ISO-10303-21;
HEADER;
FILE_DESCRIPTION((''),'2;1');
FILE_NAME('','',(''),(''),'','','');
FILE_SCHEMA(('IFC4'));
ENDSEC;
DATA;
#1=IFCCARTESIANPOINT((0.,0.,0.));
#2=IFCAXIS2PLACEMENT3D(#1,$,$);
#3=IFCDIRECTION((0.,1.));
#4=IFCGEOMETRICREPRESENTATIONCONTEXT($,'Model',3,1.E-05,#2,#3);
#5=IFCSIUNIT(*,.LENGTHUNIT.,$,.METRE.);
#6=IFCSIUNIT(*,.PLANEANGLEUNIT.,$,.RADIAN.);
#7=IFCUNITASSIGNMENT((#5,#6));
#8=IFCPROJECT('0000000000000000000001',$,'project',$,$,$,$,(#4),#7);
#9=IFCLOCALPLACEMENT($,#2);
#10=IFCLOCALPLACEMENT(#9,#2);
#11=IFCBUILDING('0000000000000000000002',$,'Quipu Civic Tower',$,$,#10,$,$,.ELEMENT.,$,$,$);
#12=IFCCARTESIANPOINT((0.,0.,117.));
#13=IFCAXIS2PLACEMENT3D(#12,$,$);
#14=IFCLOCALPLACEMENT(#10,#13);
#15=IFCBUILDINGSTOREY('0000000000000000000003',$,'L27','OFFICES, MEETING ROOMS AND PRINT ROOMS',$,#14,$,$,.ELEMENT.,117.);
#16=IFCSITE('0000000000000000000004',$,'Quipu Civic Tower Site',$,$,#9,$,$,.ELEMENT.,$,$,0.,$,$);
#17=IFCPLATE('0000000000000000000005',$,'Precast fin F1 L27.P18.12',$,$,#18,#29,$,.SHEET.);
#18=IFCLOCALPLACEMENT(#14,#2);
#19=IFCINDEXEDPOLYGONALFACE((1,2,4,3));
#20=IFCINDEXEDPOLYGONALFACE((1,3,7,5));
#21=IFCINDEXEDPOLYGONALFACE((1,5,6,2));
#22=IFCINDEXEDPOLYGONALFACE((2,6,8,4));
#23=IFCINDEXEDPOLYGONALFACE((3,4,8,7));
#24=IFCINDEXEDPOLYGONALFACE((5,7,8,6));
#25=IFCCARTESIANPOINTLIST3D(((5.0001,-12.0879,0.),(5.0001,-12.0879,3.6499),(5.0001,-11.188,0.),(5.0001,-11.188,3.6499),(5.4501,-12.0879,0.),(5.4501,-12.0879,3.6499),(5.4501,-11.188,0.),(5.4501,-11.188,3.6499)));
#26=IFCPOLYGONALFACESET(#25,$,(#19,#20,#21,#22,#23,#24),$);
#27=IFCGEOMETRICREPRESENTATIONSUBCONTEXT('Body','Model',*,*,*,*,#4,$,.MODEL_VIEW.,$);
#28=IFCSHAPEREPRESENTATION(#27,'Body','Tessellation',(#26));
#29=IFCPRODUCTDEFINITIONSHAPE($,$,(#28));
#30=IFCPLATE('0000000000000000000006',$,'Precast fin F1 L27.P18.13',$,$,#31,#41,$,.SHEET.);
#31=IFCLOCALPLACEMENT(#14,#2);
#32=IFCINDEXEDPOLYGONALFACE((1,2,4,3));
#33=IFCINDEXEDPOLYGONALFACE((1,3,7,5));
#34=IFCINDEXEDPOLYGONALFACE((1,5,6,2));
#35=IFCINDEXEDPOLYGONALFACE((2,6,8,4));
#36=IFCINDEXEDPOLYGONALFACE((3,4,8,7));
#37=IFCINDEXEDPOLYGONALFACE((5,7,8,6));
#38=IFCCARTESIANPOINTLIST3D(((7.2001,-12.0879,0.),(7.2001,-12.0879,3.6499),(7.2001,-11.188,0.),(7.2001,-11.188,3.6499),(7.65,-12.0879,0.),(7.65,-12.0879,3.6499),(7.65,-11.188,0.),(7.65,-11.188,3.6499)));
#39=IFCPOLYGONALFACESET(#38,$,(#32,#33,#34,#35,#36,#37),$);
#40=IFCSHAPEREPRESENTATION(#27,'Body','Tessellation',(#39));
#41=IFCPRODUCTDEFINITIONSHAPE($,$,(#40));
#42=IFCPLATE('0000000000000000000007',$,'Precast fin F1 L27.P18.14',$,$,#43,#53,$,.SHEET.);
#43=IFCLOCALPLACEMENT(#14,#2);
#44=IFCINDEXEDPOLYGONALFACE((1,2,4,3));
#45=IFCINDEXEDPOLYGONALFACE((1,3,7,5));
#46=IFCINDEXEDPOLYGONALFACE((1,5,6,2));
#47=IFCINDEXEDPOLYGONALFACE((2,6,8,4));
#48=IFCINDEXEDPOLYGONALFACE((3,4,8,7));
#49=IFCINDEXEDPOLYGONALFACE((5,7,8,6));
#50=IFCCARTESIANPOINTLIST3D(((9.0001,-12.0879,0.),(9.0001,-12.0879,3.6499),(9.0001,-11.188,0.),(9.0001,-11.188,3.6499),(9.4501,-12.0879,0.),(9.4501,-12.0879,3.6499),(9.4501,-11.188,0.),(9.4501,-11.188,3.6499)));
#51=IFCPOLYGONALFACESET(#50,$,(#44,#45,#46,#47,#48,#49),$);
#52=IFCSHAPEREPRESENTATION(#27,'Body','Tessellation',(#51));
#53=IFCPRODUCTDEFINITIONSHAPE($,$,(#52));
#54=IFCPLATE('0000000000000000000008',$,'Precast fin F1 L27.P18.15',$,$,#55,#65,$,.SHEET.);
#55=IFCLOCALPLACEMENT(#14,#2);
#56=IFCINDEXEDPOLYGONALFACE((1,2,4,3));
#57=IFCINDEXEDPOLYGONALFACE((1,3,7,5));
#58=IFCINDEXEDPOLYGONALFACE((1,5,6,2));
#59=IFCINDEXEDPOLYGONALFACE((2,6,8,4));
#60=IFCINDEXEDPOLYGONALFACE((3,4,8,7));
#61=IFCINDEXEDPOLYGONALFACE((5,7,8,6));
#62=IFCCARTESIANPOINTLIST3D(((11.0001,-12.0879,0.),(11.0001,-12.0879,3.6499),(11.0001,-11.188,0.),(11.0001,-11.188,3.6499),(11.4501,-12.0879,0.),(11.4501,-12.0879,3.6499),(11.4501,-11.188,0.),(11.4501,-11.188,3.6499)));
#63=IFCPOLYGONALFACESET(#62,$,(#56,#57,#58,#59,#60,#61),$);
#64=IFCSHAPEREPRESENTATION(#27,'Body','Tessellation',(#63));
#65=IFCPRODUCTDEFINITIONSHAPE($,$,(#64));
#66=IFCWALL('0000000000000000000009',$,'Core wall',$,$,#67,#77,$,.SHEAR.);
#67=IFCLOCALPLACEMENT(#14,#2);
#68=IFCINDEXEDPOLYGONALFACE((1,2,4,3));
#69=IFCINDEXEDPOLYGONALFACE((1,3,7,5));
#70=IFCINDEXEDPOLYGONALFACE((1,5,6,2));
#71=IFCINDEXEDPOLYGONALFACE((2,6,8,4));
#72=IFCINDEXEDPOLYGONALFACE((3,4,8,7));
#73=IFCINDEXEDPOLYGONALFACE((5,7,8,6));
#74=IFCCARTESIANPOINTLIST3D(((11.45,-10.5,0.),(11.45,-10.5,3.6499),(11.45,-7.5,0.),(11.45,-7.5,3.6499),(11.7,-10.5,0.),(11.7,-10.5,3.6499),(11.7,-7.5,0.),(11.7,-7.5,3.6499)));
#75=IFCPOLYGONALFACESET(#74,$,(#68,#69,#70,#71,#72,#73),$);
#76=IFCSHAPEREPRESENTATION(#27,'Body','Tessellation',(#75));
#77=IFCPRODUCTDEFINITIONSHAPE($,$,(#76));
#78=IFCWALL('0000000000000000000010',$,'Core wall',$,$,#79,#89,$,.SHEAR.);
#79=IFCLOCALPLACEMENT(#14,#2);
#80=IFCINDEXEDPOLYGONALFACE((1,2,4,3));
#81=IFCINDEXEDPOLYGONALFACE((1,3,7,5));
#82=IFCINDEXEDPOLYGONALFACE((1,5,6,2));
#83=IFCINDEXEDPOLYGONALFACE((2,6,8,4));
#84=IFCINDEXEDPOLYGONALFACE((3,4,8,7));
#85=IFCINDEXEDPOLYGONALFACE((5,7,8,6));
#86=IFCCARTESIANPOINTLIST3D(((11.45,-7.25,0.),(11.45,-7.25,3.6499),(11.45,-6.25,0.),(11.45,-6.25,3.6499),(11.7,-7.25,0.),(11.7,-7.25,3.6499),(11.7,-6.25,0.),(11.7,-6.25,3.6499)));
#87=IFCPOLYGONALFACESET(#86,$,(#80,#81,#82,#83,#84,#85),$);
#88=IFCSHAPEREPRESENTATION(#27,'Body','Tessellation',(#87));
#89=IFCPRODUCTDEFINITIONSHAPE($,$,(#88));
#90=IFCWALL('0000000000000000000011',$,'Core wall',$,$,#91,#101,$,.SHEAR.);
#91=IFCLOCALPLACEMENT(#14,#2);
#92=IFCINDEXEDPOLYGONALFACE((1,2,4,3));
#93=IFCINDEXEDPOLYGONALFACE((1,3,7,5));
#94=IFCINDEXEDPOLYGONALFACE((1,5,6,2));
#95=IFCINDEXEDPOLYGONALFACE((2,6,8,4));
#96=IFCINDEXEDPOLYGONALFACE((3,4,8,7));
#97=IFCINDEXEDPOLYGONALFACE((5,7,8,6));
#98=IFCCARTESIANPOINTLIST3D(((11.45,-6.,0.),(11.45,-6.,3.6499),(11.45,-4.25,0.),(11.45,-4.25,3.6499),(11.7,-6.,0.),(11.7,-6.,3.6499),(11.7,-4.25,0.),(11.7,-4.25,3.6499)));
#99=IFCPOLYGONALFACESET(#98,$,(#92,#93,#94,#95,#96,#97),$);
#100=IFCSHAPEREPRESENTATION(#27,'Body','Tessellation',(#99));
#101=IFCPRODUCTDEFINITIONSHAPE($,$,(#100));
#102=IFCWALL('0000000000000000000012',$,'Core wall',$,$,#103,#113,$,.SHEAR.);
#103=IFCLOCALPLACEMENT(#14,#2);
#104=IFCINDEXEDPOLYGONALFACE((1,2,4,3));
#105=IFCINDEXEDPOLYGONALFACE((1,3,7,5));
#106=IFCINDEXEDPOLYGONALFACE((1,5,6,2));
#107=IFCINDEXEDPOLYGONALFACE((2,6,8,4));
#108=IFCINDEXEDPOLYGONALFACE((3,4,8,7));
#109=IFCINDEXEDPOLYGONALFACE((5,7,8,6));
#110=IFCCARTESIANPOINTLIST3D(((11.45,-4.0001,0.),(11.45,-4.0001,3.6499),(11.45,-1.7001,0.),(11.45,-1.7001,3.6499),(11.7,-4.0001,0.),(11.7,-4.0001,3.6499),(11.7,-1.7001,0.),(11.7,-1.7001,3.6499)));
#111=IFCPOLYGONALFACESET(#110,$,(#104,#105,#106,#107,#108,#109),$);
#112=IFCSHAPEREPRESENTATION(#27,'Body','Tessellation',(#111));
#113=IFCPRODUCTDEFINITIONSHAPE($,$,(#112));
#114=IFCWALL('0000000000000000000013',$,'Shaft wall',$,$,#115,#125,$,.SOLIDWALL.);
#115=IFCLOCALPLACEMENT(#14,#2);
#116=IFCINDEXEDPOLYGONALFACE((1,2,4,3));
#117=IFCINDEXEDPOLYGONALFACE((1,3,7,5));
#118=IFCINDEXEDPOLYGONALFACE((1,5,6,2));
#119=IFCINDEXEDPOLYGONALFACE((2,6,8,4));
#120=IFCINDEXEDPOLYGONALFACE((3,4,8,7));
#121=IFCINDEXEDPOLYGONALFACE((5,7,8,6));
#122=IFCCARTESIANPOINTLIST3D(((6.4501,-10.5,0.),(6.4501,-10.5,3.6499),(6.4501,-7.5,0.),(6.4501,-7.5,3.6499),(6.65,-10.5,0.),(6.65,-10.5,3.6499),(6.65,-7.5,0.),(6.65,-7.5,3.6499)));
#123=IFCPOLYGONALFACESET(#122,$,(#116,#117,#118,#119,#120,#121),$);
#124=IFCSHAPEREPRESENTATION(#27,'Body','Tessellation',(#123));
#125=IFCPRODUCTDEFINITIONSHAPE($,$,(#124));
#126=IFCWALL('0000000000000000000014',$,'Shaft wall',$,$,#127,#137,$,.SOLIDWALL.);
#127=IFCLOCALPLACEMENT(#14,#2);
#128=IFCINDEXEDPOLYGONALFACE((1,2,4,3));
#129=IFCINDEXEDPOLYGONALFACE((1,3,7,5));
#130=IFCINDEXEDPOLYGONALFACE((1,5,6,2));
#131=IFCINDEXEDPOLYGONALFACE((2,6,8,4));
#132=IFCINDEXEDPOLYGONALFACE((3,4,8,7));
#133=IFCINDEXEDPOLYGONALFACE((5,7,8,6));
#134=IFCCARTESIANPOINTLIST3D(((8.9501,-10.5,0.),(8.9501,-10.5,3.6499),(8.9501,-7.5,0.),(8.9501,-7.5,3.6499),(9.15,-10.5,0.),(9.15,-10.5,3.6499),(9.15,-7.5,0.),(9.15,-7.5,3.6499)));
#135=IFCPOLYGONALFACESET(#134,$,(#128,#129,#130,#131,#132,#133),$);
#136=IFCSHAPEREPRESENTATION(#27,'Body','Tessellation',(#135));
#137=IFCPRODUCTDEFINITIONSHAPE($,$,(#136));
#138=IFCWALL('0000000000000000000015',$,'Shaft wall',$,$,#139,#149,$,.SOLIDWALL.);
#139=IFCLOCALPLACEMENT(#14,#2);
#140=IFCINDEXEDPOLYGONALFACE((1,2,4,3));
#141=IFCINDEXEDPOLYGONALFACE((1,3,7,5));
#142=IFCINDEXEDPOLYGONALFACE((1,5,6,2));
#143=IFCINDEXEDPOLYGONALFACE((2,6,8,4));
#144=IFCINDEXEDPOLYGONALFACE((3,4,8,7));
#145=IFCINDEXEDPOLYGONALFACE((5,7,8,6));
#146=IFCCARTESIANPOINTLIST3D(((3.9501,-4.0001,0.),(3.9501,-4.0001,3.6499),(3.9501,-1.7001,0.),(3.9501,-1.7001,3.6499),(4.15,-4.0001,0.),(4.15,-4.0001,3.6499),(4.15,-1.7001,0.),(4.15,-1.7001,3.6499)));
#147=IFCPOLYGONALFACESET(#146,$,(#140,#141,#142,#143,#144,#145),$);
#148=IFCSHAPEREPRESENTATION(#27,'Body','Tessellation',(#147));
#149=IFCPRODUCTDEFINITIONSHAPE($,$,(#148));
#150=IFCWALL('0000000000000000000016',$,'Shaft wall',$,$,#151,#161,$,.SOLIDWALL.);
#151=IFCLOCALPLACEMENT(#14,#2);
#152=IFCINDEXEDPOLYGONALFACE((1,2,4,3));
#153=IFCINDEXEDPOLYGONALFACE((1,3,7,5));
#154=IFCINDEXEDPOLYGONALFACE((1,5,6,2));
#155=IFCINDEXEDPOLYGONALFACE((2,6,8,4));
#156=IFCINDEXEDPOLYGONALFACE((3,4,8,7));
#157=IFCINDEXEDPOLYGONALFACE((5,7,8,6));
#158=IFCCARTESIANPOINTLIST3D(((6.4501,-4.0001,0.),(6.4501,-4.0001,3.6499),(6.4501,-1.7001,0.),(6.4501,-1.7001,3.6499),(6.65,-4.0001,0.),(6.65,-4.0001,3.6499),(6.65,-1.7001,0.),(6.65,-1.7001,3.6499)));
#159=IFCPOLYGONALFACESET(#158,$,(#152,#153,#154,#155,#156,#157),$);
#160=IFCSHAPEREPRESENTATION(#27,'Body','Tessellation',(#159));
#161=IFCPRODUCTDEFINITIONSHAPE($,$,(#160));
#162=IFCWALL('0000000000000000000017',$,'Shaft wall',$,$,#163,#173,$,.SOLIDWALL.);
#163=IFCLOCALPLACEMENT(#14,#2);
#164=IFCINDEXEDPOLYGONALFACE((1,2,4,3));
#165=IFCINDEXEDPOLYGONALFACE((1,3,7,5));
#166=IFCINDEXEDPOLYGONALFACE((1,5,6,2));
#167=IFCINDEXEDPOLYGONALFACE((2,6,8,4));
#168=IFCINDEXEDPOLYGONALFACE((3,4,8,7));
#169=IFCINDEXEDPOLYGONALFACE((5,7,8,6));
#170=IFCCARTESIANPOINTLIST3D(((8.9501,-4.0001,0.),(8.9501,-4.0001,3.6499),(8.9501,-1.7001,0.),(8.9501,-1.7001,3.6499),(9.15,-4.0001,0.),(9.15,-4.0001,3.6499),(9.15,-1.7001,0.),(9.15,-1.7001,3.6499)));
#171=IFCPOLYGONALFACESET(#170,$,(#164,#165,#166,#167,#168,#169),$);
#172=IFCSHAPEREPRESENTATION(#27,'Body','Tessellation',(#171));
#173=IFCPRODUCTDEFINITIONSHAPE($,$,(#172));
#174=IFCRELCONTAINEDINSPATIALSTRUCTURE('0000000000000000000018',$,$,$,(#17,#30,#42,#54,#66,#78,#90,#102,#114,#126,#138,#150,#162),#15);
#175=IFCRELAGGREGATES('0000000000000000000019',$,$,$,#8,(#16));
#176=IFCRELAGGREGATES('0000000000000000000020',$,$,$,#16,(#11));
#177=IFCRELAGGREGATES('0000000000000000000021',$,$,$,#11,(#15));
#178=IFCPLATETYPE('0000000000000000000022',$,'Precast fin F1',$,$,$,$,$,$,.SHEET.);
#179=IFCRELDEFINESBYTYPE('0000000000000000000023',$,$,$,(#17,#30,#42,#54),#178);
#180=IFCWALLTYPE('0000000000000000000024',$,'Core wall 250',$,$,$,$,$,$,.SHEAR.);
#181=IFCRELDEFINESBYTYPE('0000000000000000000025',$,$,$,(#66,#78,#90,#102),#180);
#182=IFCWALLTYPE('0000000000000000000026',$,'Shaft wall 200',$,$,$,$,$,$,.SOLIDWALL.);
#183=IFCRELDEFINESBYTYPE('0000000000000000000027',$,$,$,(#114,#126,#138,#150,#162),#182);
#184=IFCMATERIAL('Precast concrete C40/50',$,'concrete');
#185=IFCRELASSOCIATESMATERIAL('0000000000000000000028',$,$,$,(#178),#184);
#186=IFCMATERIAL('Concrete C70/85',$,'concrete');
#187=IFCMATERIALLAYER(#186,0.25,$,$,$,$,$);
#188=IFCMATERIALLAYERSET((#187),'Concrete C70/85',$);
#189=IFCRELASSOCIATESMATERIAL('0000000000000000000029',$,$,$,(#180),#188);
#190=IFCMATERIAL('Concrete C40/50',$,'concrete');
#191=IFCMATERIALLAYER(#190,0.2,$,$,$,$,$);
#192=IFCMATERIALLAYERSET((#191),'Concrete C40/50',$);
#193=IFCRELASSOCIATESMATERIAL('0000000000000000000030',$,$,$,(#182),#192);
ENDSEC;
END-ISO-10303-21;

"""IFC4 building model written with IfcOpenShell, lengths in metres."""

from ifc_helpers import new_model, si_unit, direction, frame, frame_2d, origin, origin_2d, place, context, subcontext, project, spatial, rectangle, extrude, material, layer, layer_set, type_object, element, save


model = new_model("IFC4")

# Units and contexts
model_context = context("Model", 3, precision=1e-05, world=origin(), true_north=direction((0.0, 1.0)))
body_context = subcontext(model_context, "Body", "Model", "MODEL_VIEW")
ifc_project = project(units=[si_unit("LENGTHUNIT", "METRE"), si_unit("PLANEANGLEUNIT", "RADIAN")], contexts=[model_context])

# Site, building, storey
site_placement = place(None, origin())
site = spatial("IfcSite", under=ifc_project, at=site_placement, Name="Quipu Civic Tower Site", CompositionType="ELEMENT", RefElevation=0.0)
building_placement = place(site_placement, origin())
building = spatial("IfcBuilding", under=site, at=building_placement, Name="Quipu Civic Tower", CompositionType="ELEMENT")
storey_placement = place(building_placement, frame((0.0, 0.0, 117.0)))
storey = spatial("IfcBuildingStorey", under=building, at=storey_placement, Name="L27", Description="OFFICES, MEETING ROOMS AND PRINT ROOMS", CompositionType="ELEMENT", Elevation=117.0)

# Plates
ifc_material_1 = material(Name="Precast concrete C40/50", Category="concrete")
plate_type = type_object("IfcPlateType", Name="Precast fin F1", PredefinedType="SHEET", material=ifc_material_1)
for number, where, z_axis, x_axis, name in (
    (1, (5.2251, -11.6379, 0.0), (0.0, 0.0, 1.0), (1.0, 0.0, 0.0), "Precast fin F1 L27.P18.12"),
    (2, (7.425, -11.6379, 0.0), (0.0, 0.0, 1.0), (1.0, 0.0, 0.0), "Precast fin F1 L27.P18.13"),
    (3, (9.2251, -11.6379, 0.0), (0.0, 0.0, 1.0), (1.0, 0.0, 0.0), "Precast fin F1 L27.P18.14"),
    (4, (11.2251, -11.6379, 0.0), (0.0, 0.0, 1.0), (1.0, 0.0, 0.0), "Precast fin F1 L27.P18.15"),
):
    element("IfcPlate", number, at=place(storey_placement, frame(where, z_axis=z_axis, x_axis=x_axis)), inside=storey, type_object=plate_type, Name=name, PredefinedType="SHEET", context=body_context, shape_type="SweptSolid", body=[
        extrude(rectangle(XDim=0.45, YDim=0.8999, at=origin_2d()), origin(), (0.0, 0.0, 1.0), 3.6499),
    ])

# Walls
ifc_material_2 = material(Name="Concrete C70/85", Category="concrete")
ifc_layer_1 = layer(ifc_material_2, 0.25)
ifc_layer_set_1 = layer_set([ifc_layer_1], Name="Concrete C70/85")
wall_type_1 = type_object("IfcWallType", Name="Core wall 250", PredefinedType="SHEAR", material=ifc_layer_set_1)
wall_1_placement = place(storey_placement, frame((11.575, -10.5, 0.0), z_axis=(0.0, 0.0, 1.0), x_axis=(0.0, 1.0, 0.0)))
element("IfcWall", 5, at=wall_1_placement, inside=storey, type_object=wall_type_1, Name="Core wall", PredefinedType="SHEAR", context=body_context, shape_type="SweptSolid", body=[
    extrude(rectangle(XDim=3.0, YDim=0.25, at=frame_2d((1.5, 0.0))), origin(), (0.0, 0.0, 1.0), 3.6499),
])
wall_2_placement = place(storey_placement, frame((11.575, -7.25, 0.0), z_axis=(0.0, 0.0, 1.0), x_axis=(0.0, 1.0, 0.0)))
element("IfcWall", 6, at=wall_2_placement, inside=storey, type_object=wall_type_1, Name="Core wall", PredefinedType="SHEAR", context=body_context, shape_type="SweptSolid", body=[
    extrude(rectangle(XDim=1.0, YDim=0.25, at=frame_2d((0.5, 0.0))), origin(), (0.0, 0.0, 1.0), 3.6499),
])
wall_3_placement = place(storey_placement, frame((11.575, -6.0, 0.0), z_axis=(0.0, 0.0, 1.0), x_axis=(0.0, 1.0, 0.0)))
element("IfcWall", 7, at=wall_3_placement, inside=storey, type_object=wall_type_1, Name="Core wall", PredefinedType="SHEAR", context=body_context, shape_type="SweptSolid", body=[
    extrude(rectangle(XDim=1.75, YDim=0.25, at=frame_2d((0.875, 0.0))), origin(), (0.0, 0.0, 1.0), 3.6499),
])
wall_4_placement = place(storey_placement, frame((11.575, -4.0, 0.0), z_axis=(0.0, 0.0, 1.0), x_axis=(0.0, 1.0, 0.0)))
element("IfcWall", 8, at=wall_4_placement, inside=storey, type_object=wall_type_1, Name="Core wall", PredefinedType="SHEAR", context=body_context, shape_type="SweptSolid", body=[
    extrude(rectangle(XDim=2.3, YDim=0.25, at=frame_2d((1.1499, 0.0))), origin(), (0.0, 0.0, 1.0), 3.6499),
])
ifc_material_3 = material(Name="Concrete C40/50", Category="concrete")
ifc_layer_2 = layer(ifc_material_3, 0.2)
ifc_layer_set_2 = layer_set([ifc_layer_2], Name="Concrete C40/50")
wall_type_2 = type_object("IfcWallType", Name="Shaft wall 200", PredefinedType="SOLIDWALL", material=ifc_layer_set_2)
for number, where, z_axis, x_axis, name in (
    (9, (6.55, -10.5, 0.0), (0.0, 0.0, 1.0), (0.0, 1.0, 0.0), "Shaft wall"),
    (10, (9.05, -10.5, 0.0), (0.0, 0.0, 1.0), (0.0, 1.0, 0.0), "Shaft wall"),
):
    element("IfcWall", number, at=place(storey_placement, frame(where, z_axis=z_axis, x_axis=x_axis)), inside=storey, type_object=wall_type_2, Name=name, PredefinedType="SOLIDWALL", context=body_context, shape_type="SweptSolid", body=[
        extrude(rectangle(XDim=3.0, YDim=0.2, at=frame_2d((1.5, 0.0))), origin(), (0.0, 0.0, 1.0), 3.6499),
    ])
for number, where, z_axis, x_axis, name in (
    (11, (4.05, -4.0, 0.0), (0.0, 0.0, 1.0), (0.0, 1.0, 0.0), "Shaft wall"),
    (12, (6.55, -4.0, 0.0), (0.0, 0.0, 1.0), (0.0, 1.0, 0.0), "Shaft wall"),
    (13, (9.05, -4.0, 0.0), (0.0, 0.0, 1.0), (0.0, 1.0, 0.0), "Shaft wall"),
):
    element("IfcWall", number, at=place(storey_placement, frame(where, z_axis=z_axis, x_axis=x_axis)), inside=storey, type_object=wall_type_2, Name=name, PredefinedType="SOLIDWALL", context=body_context, shape_type="SweptSolid", body=[
        extrude(rectangle(XDim=2.3, YDim=0.2, at=frame_2d((1.1499, 0.0))), origin(), (0.0, 0.0, 1.0), 3.6499),
    ])

save(model, "model.ifc")
